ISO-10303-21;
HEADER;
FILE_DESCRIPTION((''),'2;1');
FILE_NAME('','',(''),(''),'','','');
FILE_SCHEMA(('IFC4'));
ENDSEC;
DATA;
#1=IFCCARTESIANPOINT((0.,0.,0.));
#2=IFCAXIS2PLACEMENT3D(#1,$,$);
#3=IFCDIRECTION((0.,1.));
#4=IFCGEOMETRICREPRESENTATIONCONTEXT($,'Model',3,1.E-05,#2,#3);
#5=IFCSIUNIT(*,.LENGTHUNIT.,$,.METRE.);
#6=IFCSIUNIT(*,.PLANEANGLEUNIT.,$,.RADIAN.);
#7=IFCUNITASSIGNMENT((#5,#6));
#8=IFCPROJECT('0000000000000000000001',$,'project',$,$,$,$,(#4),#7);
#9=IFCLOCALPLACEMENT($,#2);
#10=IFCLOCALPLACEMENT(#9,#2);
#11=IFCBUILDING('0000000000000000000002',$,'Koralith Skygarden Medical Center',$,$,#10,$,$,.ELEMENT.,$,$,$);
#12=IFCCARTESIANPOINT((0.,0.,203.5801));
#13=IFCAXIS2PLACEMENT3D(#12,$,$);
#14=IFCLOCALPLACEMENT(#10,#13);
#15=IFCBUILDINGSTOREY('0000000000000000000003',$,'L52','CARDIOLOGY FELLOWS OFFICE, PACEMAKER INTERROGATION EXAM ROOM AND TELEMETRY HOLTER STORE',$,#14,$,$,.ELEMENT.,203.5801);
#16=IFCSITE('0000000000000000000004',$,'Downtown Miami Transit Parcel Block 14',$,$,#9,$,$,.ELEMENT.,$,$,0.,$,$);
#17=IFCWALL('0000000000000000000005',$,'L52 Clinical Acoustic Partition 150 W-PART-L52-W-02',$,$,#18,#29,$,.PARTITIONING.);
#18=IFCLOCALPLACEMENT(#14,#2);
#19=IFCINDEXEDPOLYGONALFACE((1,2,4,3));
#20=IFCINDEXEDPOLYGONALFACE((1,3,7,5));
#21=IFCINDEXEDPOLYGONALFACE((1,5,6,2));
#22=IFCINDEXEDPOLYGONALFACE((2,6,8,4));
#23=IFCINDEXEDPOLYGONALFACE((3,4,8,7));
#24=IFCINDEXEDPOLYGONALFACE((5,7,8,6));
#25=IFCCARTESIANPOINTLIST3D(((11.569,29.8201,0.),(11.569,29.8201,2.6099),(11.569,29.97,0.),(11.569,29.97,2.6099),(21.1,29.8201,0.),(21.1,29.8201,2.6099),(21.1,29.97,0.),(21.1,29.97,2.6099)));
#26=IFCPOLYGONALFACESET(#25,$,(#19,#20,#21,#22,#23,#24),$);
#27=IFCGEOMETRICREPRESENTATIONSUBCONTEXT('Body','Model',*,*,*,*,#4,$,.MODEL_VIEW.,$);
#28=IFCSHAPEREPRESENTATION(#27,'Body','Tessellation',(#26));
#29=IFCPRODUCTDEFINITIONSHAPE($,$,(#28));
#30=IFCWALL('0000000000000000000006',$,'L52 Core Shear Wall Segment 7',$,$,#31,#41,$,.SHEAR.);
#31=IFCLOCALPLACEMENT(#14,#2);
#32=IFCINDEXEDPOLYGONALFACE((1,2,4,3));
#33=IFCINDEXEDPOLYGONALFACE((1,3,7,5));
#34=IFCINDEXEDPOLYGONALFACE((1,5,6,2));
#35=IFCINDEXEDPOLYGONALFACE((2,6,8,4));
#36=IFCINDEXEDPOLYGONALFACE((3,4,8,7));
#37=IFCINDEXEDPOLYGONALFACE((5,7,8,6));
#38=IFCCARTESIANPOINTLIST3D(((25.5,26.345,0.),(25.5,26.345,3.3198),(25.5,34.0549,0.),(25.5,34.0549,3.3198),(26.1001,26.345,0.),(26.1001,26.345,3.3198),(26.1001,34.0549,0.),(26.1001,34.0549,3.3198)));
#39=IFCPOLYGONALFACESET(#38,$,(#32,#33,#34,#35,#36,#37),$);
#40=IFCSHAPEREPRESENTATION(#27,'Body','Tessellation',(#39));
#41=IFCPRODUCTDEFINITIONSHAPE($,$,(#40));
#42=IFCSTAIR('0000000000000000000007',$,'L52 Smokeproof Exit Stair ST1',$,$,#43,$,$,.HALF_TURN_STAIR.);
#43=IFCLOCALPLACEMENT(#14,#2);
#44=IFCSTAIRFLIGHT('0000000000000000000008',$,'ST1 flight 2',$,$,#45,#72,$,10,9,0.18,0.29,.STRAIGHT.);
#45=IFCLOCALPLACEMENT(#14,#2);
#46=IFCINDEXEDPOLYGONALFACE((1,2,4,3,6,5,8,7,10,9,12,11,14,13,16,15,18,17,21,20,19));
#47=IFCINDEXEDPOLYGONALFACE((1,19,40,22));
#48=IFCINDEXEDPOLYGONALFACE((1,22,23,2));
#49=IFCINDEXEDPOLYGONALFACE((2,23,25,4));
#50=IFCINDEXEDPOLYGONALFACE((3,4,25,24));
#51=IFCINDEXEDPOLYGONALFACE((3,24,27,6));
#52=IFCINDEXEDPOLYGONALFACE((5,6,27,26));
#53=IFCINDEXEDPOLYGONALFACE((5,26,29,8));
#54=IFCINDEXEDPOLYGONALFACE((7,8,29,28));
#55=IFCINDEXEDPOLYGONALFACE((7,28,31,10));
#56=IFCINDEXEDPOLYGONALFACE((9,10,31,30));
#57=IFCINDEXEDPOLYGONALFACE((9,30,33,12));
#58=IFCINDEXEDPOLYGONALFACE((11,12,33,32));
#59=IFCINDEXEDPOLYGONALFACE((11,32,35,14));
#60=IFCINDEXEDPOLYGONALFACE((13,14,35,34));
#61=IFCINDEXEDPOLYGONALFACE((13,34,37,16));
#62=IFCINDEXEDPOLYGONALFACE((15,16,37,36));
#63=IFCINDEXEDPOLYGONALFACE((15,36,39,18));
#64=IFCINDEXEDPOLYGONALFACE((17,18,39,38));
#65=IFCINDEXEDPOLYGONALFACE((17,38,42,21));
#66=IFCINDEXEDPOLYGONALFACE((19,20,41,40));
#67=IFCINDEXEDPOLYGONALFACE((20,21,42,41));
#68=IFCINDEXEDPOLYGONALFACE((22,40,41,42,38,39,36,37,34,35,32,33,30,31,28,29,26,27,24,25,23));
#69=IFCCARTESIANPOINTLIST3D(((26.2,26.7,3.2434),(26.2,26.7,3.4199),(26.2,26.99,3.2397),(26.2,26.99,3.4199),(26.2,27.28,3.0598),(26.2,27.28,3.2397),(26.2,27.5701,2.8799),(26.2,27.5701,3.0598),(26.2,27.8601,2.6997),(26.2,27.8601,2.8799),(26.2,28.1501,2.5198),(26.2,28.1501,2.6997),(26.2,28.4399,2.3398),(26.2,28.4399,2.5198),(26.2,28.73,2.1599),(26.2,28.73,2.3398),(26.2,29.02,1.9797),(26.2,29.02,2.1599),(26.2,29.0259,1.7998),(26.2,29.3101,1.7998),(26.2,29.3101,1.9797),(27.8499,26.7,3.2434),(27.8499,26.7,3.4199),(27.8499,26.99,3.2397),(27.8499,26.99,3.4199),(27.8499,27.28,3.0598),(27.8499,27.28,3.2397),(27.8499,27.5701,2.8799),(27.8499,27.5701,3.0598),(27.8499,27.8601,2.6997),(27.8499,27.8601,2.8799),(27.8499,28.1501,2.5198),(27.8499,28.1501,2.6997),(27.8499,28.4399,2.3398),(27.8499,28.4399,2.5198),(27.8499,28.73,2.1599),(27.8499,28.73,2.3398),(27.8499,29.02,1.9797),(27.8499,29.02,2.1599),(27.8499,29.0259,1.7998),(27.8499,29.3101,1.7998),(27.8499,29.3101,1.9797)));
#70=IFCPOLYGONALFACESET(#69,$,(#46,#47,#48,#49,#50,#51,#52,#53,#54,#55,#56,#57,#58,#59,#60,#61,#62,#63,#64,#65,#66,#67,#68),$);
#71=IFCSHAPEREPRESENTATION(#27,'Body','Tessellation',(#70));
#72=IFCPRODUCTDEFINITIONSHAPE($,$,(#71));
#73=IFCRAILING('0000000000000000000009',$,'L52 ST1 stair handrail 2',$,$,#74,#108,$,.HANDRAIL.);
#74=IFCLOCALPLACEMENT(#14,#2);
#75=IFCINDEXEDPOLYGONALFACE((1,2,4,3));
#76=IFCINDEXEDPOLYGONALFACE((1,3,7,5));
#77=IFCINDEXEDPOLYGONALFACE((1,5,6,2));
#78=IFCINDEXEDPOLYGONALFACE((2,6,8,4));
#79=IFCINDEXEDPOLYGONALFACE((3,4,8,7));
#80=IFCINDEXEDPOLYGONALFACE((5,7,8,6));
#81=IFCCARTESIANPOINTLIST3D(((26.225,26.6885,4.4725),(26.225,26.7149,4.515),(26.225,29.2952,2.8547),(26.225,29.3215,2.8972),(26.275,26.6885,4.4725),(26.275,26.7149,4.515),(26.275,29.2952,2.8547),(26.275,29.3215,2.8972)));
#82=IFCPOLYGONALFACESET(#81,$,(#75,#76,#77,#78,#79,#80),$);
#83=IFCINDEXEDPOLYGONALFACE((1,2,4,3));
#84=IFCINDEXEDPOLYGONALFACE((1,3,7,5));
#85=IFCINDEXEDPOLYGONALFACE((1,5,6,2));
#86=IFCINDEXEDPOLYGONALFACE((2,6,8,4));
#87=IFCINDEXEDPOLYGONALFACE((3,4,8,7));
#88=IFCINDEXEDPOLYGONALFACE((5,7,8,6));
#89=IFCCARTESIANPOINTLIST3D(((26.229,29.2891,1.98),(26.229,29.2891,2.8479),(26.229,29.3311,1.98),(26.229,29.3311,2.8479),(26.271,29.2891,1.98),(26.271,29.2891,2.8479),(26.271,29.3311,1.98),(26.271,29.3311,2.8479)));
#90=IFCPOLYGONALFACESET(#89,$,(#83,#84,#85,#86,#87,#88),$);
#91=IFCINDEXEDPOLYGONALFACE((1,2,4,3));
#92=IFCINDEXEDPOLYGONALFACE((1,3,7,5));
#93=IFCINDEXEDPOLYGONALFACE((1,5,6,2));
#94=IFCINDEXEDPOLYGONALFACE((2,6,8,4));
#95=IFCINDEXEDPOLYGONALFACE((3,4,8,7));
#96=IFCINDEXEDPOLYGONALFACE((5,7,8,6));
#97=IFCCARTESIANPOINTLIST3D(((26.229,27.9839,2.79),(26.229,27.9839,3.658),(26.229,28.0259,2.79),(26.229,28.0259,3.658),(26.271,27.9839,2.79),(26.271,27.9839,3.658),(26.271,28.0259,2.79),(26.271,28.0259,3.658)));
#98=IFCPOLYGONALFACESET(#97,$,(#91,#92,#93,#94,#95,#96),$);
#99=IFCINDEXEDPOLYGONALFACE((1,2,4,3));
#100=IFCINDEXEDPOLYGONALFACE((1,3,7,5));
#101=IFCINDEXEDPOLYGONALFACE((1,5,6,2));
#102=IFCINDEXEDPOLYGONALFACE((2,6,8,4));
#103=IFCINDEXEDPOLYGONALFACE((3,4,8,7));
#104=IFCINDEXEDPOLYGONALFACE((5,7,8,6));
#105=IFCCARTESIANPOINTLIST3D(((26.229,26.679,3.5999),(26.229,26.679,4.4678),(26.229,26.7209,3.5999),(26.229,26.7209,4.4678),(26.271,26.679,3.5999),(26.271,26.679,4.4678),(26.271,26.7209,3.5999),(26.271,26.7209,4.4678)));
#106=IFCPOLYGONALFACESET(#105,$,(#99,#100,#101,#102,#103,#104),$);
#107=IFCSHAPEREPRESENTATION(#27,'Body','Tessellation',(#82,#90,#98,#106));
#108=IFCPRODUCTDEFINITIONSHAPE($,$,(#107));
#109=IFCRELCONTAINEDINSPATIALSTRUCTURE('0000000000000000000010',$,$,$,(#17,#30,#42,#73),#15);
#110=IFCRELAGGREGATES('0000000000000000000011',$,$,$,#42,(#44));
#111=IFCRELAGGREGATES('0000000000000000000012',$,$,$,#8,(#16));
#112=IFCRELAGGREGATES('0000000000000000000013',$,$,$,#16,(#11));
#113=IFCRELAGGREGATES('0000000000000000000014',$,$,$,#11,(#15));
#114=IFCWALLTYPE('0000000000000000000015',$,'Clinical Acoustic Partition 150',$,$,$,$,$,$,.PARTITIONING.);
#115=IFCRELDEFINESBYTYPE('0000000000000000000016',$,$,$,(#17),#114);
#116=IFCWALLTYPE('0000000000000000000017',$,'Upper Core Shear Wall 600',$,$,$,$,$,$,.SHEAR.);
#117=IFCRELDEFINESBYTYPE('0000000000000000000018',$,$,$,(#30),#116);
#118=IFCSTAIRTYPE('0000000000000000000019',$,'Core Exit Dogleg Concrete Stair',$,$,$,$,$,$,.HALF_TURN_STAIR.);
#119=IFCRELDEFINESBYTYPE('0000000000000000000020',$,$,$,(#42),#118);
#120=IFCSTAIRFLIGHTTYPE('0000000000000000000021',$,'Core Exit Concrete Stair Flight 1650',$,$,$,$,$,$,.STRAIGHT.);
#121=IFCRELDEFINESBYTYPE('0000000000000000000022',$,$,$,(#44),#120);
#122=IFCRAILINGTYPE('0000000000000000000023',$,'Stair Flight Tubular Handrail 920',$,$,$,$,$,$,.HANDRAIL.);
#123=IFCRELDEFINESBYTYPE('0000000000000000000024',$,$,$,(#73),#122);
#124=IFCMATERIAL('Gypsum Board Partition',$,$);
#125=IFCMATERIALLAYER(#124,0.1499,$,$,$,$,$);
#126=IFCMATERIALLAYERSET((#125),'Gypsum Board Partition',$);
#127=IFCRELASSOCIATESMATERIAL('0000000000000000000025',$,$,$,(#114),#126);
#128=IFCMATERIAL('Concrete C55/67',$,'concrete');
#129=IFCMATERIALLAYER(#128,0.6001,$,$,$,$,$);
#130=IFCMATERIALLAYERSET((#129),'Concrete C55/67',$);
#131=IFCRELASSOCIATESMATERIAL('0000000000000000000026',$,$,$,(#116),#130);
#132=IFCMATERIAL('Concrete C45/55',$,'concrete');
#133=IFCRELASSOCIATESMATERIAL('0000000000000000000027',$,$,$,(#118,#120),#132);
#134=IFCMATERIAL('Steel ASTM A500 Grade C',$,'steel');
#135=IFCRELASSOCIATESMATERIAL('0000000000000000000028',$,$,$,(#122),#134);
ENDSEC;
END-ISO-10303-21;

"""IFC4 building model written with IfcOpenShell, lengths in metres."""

from ifc_helpers import new_model, si_unit, direction, frame, frame_2d, origin, origin_2d, place, context, subcontext, project, spatial, polyline, rectangle, outline, extrude, material, layer, layer_set, type_object, element, aggregate, save


model = new_model("IFC4")

# Units and contexts
model_context = context("Model", 3, precision=1e-05, world=origin(), true_north=direction((0.0, 1.0)))
body_context = subcontext(model_context, "Body", "Model", "MODEL_VIEW")
ifc_project = project(units=[si_unit("LENGTHUNIT", "METRE"), si_unit("PLANEANGLEUNIT", "RADIAN")], contexts=[model_context])

# Site, building, storey
site_placement = place(None, origin())
site = spatial("IfcSite", under=ifc_project, at=site_placement, Name="Downtown Miami Transit Parcel Block 14", CompositionType="ELEMENT", RefElevation=0.0)
building_placement = place(site_placement, origin())
building = spatial("IfcBuilding", under=site, at=building_placement, Name="Koralith Skygarden Medical Center", CompositionType="ELEMENT")
storey_placement = place(building_placement, frame((0.0, 0.0, 203.5801)))
storey = spatial("IfcBuildingStorey", under=building, at=storey_placement, Name="L52", Description="CARDIOLOGY FELLOWS OFFICE, PACEMAKER INTERROGATION EXAM ROOM AND TELEMETRY HOLTER STORE", CompositionType="ELEMENT", Elevation=203.5801)

# Shared definitions
ifc_material_1 = material(Name="Concrete C55/67", Category="concrete")

# Shared definitions
ifc_material_2 = material(Name="Concrete C45/55", Category="concrete")

# Wall
ifc_material_3 = material(Name="Gypsum Board Partition")
ifc_layer_1 = layer(ifc_material_3, 0.1499)
ifc_layer_set_1 = layer_set([ifc_layer_1], Name="Gypsum Board Partition")
wall_type_1 = type_object("IfcWallType", Name="Clinical Acoustic Partition 150", PredefinedType="PARTITIONING", material=ifc_layer_set_1)
wall_1_placement = place(storey_placement, frame((21.1001, 29.895, 0.0), z_axis=(0.0, 0.0, 1.0), x_axis=(-1.0, 0.0, 0.0)))
element("IfcWall", 1, at=wall_1_placement, inside=storey, type_object=wall_type_1, Name="L52 Clinical Acoustic Partition 150 W-PART-L52-W-02", PredefinedType="PARTITIONING", context=body_context, shape_type="SweptSolid", body=[
    extrude(rectangle(XDim=9.531, YDim=0.1499, at=frame_2d((4.7656, 0.0))), origin(), (0.0, 0.0, 1.0), 2.6099),
])

# Wall
ifc_layer_2 = layer(ifc_material_1, 0.6001)
ifc_layer_set_2 = layer_set([ifc_layer_2], Name="Concrete C55/67")
wall_type_2 = type_object("IfcWallType", Name="Upper Core Shear Wall 600", PredefinedType="SHEAR", material=ifc_layer_set_2)
wall_2_placement = place(storey_placement, frame((25.8, 34.0549, 0.0), z_axis=(0.0, 0.0, 1.0), x_axis=(0.0, -1.0, 0.0)))
element("IfcWall", 2, at=wall_2_placement, inside=storey, type_object=wall_type_2, Name="L52 Core Shear Wall Segment 7", PredefinedType="SHEAR", context=body_context, shape_type="SweptSolid", body=[
    extrude(rectangle(XDim=7.71, YDim=0.6001, at=frame_2d((3.855, 0.0))), origin(), (0.0, 0.0, 1.0), 3.3198),
])

# Stair, stair flight
stair_type = type_object("IfcStairType", Name="Core Exit Dogleg Concrete Stair", PredefinedType="HALF_TURN_STAIR", material=ifc_material_2)
stair_placement = place(storey_placement, origin())
stair = element("IfcStair", 3, at=stair_placement, inside=storey, type_object=stair_type, Name="L52 Smokeproof Exit Stair ST1", PredefinedType="HALF_TURN_STAIR")
stair_flight_type = type_object("IfcStairFlightType", Name="Core Exit Concrete Stair Flight 1650", PredefinedType="STRAIGHT", material=ifc_material_2)
stair_flight_placement = place(storey_placement, frame((27.0249, 29.3101, 1.7998), z_axis=(0.0, 0.0, 1.0), x_axis=(0.0, -1.0, 0.0)))
stair_flight = element("IfcStairFlight", 4, at=stair_flight_placement, type_object=stair_flight_type, Name="ST1 flight 2", NumberOfRisers=10, NumberOfTreads=9, PredefinedType="STRAIGHT", RiserHeight=0.18, TreadLength=0.29, context=body_context, shape_type="SweptSolid", body=[
    extrude(outline(polyline([(0.0, 0.0), (0.0, 0.1799), (0.29, 0.1799), (0.29, 0.3601), (0.5801, 0.3601), (0.5801, 0.54), (0.8701, 0.54), (0.8701, 0.72), (1.1599, 0.72), (1.1599, 0.8999), (1.45, 0.8999), (1.45, 1.0801), (1.74, 1.0801), (1.74, 1.26), (2.03, 1.26), (2.03, 1.4399), (2.3201, 1.4399), (2.3201, 1.6201), (2.6101, 1.6201), (2.6101, 1.8), (2.6101, 1.4436), (0.2842, 0.0), (0.0, 0.0)])), frame((0.0, 0.825, 0.0), z_axis=(0.0, -1.0, 0.0), x_axis=(1.0, 0.0, 0.0)), (0.0, 0.0, 1.0), 1.6499),
])
aggregate(stair, [stair_flight])

# Railing
ifc_material_4 = material(Name="Steel ASTM A500 Grade C", Category="steel")
railing_type = type_object("IfcRailingType", Name="Stair Flight Tubular Handrail 920", PredefinedType="HANDRAIL", material=ifc_material_4)
railing_placement = place(storey_placement, frame((26.25, 29.3101, 1.98)))
element("IfcRailing", 5, at=railing_placement, inside=storey, type_object=railing_type, Name="L52 ST1 stair handrail 2", PredefinedType="HANDRAIL", context=body_context, shape_type="SweptSolid", body=[
    extrude(rectangle(XDim=0.05, YDim=0.05, at=origin_2d()), frame((0.0, -0.0017, 0.896), z_axis=(0.0, -0.849668, 0.527317), x_axis=(1.0, 0.0, 0.0)), (0.0, 0.0, 1.0), 3.0679),
    extrude(rectangle(XDim=0.042, YDim=0.042, at=origin_2d()), origin(), (0.0, 0.0, 1.0), 0.8679),
    extrude(rectangle(XDim=0.042, YDim=0.042, at=origin_2d()), frame((0.0, -1.3052, 0.8101)), (0.0, 0.0, 1.0), 0.8679),
    extrude(rectangle(XDim=0.042, YDim=0.042, at=origin_2d()), frame((0.0, -2.6101, 1.6199)), (0.0, 0.0, 1.0), 0.8679),
])

save(model, "model.ifc")
